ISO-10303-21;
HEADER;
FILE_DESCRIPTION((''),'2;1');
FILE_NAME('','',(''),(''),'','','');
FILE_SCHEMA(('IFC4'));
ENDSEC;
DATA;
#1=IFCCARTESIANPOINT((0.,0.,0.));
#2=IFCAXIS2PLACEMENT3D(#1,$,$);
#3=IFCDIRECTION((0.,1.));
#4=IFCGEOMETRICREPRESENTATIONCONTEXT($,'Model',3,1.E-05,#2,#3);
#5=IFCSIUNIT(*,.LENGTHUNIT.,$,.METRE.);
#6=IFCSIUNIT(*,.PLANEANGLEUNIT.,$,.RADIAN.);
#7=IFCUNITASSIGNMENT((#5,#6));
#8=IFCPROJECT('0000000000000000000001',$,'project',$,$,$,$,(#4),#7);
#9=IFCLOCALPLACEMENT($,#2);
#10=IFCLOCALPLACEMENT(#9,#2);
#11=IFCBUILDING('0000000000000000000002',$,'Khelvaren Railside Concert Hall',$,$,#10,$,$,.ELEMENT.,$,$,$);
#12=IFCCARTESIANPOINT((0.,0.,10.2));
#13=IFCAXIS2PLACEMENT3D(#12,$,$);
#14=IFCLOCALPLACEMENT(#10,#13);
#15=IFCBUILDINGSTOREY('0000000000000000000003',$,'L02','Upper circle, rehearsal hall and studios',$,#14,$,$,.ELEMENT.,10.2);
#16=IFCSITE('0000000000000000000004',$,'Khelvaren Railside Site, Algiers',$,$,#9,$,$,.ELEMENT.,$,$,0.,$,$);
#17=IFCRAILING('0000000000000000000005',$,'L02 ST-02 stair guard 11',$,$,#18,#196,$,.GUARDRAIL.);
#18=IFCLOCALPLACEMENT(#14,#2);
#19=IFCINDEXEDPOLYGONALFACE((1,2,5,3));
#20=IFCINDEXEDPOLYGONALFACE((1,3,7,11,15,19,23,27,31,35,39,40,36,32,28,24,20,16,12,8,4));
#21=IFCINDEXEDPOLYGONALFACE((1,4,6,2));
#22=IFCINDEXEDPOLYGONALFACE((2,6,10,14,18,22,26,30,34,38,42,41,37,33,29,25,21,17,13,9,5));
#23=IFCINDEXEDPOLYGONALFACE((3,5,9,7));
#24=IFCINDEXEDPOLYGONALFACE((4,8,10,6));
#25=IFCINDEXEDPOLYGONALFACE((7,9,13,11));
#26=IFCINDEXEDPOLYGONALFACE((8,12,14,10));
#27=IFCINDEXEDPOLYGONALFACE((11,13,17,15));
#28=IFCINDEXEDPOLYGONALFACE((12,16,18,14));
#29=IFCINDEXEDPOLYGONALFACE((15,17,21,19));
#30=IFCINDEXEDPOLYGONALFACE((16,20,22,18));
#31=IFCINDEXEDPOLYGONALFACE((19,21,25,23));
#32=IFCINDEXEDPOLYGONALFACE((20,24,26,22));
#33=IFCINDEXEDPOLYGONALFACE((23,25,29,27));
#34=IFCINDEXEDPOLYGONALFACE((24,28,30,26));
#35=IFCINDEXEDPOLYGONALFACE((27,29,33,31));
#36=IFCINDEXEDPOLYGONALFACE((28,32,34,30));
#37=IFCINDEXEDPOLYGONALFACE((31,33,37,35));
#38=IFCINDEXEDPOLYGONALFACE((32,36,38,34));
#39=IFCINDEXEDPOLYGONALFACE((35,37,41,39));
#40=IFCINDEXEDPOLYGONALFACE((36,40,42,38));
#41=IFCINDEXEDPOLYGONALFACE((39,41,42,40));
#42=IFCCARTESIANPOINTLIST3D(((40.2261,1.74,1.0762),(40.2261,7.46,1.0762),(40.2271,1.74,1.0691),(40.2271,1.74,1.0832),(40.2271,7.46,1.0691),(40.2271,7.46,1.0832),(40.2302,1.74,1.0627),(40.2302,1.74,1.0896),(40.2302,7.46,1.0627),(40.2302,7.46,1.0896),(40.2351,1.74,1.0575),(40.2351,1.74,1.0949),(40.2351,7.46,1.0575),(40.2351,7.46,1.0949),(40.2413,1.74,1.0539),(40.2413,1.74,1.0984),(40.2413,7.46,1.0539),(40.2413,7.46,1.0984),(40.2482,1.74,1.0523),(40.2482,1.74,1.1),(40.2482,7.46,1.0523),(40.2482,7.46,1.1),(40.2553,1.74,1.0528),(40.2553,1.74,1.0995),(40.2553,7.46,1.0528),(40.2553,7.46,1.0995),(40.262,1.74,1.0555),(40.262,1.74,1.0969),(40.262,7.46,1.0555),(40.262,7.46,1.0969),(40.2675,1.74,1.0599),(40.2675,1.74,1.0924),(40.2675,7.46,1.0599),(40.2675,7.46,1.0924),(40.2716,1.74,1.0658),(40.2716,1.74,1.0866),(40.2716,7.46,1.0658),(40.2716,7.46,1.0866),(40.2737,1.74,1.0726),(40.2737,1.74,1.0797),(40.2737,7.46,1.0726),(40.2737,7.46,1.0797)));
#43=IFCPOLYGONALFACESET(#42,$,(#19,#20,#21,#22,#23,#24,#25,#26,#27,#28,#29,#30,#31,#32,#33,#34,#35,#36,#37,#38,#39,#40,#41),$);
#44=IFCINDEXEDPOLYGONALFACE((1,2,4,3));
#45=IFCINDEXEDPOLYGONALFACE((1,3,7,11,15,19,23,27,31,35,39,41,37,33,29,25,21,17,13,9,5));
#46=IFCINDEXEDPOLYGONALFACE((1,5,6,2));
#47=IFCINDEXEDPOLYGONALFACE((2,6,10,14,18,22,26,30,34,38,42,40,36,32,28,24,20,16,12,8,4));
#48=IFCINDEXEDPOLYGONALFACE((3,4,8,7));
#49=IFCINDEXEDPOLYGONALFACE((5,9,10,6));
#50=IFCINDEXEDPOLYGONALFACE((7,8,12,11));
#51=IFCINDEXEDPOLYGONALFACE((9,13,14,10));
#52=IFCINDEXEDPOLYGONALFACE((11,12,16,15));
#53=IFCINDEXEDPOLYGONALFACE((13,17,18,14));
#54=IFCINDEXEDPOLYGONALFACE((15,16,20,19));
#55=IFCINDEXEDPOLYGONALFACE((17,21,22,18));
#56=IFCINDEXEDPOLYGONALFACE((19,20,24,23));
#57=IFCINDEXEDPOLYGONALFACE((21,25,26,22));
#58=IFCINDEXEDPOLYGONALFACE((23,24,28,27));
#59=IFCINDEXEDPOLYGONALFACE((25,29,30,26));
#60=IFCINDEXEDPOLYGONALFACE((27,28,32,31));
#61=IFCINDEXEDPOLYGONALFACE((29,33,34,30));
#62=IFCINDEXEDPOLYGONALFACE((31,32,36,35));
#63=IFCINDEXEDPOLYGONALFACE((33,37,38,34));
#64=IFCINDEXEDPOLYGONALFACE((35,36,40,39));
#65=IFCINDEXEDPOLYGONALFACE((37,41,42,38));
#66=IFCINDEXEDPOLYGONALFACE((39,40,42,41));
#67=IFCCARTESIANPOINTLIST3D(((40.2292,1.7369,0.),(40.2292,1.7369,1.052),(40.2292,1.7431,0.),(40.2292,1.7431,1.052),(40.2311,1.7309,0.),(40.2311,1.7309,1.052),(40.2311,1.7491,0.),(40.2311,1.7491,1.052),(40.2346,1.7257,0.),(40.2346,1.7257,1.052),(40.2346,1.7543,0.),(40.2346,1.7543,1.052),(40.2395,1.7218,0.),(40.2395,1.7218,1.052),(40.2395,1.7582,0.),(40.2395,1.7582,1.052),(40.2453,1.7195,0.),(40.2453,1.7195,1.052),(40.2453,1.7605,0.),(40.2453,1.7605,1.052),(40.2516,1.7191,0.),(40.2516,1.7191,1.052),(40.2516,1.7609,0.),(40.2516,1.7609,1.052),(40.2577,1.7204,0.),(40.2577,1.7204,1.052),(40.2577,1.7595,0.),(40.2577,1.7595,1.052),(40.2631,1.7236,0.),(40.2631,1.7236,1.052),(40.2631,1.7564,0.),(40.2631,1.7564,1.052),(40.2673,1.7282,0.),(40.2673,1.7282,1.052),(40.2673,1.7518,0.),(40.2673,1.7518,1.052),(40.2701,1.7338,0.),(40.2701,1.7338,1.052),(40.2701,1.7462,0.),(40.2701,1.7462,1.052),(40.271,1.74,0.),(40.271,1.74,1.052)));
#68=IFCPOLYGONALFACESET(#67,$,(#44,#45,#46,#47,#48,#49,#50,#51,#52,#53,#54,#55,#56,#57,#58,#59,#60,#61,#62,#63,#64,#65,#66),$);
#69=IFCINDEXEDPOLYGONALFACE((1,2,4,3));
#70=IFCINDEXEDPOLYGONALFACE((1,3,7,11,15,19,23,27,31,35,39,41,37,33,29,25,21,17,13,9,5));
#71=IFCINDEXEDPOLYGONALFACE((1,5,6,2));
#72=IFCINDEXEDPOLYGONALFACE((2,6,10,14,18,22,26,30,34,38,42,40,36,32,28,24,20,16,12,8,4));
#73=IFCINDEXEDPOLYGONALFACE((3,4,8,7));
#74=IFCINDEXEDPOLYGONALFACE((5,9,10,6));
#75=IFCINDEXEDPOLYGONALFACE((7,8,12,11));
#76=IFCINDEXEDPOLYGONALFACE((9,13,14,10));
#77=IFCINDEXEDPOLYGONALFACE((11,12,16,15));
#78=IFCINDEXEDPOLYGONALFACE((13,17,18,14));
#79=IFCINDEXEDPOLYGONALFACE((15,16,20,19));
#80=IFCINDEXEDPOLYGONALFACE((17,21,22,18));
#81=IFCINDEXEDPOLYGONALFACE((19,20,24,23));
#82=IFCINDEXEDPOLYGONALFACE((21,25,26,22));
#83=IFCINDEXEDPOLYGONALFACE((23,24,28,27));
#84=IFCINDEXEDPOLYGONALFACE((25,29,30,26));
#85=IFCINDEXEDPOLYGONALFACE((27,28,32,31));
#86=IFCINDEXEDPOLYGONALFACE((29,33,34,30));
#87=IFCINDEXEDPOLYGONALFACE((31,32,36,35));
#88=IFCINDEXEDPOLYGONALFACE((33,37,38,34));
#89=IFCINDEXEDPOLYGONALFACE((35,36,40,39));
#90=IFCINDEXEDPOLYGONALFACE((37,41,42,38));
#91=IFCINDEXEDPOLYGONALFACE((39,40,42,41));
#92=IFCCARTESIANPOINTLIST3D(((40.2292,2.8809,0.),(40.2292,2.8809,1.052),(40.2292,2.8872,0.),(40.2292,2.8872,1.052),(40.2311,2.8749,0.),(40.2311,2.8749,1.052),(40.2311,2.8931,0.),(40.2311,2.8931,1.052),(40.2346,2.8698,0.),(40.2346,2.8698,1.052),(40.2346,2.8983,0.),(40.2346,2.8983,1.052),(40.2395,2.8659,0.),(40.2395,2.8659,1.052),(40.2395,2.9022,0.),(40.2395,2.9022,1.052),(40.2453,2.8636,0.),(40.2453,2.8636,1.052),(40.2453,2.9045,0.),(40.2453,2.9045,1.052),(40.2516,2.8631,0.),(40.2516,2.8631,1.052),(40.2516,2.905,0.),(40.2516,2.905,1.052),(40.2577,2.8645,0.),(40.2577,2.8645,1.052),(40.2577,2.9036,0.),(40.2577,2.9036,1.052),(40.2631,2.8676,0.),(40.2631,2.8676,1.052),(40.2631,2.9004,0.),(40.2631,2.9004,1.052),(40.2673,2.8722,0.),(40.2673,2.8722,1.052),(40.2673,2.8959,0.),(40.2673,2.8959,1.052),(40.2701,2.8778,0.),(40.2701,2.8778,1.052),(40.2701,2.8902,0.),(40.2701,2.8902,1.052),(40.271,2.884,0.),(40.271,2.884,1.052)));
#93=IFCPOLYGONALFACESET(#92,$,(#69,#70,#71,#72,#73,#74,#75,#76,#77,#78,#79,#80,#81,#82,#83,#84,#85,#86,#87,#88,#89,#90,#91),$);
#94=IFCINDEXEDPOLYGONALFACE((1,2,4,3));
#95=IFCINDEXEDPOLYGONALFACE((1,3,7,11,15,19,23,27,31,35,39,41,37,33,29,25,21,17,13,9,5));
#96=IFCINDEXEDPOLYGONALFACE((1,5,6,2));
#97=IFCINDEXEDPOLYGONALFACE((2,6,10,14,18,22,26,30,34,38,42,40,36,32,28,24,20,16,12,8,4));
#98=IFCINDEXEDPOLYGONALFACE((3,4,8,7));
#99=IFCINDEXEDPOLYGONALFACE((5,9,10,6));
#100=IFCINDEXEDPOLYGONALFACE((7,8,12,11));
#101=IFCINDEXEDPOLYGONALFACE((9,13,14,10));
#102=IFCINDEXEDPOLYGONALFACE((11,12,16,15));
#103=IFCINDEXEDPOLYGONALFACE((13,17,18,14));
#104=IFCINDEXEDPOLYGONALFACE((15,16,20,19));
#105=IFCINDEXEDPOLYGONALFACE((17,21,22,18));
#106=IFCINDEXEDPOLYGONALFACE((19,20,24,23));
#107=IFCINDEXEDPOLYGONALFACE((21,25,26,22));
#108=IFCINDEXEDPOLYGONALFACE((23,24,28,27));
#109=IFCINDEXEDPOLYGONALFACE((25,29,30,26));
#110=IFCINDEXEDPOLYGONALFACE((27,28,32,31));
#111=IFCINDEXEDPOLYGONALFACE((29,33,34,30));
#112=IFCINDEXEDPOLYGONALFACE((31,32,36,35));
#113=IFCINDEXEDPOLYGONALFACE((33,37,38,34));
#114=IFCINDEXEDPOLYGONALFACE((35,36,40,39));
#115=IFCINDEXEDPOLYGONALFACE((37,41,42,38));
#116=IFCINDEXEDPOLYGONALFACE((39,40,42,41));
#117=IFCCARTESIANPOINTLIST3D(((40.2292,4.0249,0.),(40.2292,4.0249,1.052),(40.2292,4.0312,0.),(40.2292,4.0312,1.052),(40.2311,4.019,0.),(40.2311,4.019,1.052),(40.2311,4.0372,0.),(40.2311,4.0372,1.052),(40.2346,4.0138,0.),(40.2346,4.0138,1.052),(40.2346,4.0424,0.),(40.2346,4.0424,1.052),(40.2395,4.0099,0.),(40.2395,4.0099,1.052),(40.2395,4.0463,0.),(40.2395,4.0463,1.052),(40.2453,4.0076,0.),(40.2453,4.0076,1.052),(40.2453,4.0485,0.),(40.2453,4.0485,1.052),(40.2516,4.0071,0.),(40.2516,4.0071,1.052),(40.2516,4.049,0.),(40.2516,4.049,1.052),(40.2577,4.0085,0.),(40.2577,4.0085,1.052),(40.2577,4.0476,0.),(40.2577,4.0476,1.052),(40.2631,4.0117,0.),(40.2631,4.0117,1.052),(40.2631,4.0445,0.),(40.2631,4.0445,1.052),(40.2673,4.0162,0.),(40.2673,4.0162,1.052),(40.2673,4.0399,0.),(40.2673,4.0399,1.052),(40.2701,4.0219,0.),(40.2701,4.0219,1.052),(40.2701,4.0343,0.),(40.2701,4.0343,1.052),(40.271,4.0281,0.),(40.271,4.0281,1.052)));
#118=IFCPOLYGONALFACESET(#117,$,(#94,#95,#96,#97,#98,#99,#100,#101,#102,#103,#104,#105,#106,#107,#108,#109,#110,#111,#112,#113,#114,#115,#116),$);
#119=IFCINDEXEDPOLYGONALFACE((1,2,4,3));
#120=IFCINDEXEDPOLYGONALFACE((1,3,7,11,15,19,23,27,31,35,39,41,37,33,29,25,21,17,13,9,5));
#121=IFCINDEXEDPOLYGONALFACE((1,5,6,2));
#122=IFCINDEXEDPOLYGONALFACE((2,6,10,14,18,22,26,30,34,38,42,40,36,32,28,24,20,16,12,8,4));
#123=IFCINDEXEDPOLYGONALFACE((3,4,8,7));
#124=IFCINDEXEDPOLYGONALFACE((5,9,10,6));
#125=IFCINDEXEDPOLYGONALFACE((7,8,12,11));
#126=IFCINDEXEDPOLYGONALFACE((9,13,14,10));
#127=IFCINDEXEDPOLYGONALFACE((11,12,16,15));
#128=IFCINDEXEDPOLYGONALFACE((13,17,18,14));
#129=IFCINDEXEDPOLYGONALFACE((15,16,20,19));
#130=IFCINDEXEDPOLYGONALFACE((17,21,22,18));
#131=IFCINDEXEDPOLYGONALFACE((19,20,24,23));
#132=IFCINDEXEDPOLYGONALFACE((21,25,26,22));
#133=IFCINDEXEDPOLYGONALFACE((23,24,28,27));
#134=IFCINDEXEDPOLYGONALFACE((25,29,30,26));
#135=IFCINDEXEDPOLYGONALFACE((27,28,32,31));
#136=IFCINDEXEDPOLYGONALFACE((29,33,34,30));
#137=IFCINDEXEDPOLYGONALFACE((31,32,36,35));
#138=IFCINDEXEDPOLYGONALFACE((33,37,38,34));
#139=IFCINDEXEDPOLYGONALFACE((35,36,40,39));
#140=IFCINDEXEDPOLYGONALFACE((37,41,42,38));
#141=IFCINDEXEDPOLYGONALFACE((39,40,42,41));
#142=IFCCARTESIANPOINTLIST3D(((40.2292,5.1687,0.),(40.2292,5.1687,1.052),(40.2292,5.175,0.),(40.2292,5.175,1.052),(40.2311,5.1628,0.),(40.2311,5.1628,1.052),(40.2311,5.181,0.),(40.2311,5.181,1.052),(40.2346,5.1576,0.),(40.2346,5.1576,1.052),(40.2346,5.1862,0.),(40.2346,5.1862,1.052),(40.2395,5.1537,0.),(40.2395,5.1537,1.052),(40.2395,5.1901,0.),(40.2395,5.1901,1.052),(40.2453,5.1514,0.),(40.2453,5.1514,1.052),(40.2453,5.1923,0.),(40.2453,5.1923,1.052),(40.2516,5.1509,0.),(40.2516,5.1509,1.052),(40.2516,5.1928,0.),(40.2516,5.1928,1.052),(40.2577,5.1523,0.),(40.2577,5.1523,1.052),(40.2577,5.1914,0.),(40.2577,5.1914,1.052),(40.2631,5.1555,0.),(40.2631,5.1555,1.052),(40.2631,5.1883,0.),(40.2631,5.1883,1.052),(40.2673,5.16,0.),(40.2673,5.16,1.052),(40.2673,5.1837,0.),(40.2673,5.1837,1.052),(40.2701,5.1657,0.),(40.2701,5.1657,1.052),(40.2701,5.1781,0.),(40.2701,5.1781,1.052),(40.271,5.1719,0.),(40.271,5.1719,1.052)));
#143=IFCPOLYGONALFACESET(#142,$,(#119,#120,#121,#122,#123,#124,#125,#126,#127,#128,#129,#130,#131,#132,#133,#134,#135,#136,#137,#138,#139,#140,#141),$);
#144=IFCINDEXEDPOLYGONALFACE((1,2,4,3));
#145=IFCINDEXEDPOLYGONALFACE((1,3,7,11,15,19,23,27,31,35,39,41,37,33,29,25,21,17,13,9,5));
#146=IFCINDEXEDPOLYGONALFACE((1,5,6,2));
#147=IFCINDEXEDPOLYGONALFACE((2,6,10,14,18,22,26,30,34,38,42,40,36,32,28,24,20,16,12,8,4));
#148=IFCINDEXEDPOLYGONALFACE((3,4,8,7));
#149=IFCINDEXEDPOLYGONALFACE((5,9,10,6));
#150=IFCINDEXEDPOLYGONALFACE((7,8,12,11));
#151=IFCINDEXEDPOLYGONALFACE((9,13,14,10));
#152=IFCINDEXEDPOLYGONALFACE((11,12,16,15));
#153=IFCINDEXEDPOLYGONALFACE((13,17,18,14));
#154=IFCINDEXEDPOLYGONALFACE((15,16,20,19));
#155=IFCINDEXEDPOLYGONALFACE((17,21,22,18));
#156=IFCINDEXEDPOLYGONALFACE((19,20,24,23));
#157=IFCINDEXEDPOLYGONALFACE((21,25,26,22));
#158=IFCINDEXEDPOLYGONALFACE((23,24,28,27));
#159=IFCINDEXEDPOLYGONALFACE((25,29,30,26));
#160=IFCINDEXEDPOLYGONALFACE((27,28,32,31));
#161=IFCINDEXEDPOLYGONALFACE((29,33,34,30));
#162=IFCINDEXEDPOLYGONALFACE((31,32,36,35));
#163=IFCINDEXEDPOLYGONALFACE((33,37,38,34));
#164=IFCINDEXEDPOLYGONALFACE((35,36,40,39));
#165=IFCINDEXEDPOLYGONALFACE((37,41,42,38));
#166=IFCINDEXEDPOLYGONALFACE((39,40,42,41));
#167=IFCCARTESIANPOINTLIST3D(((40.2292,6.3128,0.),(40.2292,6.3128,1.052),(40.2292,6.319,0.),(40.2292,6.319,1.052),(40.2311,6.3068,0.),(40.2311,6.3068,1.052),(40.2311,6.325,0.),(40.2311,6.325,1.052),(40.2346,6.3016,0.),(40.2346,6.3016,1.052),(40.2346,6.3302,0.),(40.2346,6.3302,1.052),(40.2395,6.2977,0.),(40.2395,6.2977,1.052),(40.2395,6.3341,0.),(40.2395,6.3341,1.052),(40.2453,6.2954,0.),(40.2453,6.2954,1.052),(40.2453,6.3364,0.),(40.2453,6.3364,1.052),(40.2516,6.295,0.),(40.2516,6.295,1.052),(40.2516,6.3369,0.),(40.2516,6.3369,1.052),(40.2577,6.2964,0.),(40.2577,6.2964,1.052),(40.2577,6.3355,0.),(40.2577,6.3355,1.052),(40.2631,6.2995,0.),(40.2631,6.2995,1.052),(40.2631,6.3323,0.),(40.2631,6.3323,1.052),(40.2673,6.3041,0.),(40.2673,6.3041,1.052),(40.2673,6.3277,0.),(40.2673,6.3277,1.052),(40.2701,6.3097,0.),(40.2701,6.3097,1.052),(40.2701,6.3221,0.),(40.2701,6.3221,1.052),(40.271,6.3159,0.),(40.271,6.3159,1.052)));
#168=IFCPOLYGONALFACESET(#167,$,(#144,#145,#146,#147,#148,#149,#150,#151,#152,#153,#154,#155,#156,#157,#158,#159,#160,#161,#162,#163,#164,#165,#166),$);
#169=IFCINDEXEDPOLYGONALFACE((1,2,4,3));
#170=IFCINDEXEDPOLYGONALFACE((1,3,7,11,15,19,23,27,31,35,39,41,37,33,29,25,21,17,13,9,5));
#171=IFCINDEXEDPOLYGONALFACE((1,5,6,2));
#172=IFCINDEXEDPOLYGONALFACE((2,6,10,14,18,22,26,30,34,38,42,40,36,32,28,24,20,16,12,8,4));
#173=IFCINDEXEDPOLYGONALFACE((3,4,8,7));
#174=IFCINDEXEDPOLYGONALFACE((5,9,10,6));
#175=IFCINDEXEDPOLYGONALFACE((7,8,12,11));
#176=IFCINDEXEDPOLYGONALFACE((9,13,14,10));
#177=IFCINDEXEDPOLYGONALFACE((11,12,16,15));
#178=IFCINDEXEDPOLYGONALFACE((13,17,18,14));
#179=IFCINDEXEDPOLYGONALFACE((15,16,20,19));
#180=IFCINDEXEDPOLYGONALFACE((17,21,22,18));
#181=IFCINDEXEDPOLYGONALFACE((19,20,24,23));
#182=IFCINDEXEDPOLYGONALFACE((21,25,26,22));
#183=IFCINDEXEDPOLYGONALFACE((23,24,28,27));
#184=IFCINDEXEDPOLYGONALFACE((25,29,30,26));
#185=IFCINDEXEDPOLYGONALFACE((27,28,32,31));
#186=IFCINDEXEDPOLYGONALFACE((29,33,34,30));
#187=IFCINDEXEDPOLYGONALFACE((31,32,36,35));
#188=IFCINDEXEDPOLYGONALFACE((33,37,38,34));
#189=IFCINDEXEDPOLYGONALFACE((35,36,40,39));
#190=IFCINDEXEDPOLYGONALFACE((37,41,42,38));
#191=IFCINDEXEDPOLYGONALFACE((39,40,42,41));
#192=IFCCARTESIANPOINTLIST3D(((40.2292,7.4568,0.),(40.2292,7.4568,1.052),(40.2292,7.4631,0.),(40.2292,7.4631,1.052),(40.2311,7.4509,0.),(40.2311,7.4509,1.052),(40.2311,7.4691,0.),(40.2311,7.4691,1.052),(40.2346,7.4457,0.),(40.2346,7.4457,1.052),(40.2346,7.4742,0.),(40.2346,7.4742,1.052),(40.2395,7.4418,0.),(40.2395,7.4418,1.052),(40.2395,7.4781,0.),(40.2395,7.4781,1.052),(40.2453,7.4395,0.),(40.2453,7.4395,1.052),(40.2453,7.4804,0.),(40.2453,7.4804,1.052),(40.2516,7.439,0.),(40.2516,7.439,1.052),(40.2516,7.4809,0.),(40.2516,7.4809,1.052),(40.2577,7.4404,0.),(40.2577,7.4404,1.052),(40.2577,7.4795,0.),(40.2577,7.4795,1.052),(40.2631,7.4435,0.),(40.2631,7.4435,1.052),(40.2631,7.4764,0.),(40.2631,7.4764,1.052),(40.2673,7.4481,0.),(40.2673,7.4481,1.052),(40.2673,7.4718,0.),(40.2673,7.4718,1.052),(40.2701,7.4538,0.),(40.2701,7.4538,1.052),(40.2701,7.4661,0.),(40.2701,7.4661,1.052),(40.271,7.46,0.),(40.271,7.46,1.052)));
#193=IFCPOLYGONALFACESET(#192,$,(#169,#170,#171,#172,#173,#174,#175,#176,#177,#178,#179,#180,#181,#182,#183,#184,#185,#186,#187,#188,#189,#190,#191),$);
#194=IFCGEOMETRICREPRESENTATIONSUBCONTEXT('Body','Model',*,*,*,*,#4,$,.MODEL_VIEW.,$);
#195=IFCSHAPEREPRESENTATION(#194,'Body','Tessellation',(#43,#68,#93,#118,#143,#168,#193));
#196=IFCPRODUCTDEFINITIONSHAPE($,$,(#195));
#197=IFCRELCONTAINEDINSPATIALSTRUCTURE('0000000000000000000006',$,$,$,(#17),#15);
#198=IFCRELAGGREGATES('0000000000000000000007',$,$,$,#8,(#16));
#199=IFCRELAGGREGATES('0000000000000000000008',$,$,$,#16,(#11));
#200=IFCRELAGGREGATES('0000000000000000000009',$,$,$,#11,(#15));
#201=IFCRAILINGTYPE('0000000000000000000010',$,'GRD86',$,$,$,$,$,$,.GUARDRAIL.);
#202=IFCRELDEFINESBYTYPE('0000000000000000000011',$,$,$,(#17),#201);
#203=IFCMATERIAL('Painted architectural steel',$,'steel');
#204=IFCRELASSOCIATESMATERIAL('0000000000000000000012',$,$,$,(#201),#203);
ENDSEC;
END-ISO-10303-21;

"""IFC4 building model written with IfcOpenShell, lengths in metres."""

from ifc_helpers import new_model, si_unit, direction, frame, origin, origin_2d, place, context, subcontext, project, spatial, circle, extrude, material, type_object, element, save


model = new_model("IFC4")

# Units and contexts
model_context = context("Model", 3, precision=1e-05, world=origin(), true_north=direction((0.0, 1.0)))
body_context = subcontext(model_context, "Body", "Model", "MODEL_VIEW")
ifc_project = project(units=[si_unit("LENGTHUNIT", "METRE"), si_unit("PLANEANGLEUNIT", "RADIAN")], contexts=[model_context])

# Site, building, storey
site_placement = place(None, origin())
site = spatial("IfcSite", under=ifc_project, at=site_placement, Name="Khelvaren Railside Site, Algiers", CompositionType="ELEMENT", RefElevation=0.0)
building_placement = place(site_placement, origin())
building = spatial("IfcBuilding", under=site, at=building_placement, Name="Khelvaren Railside Concert Hall", CompositionType="ELEMENT")
storey_placement = place(building_placement, frame((0.0, 0.0, 10.2)))
storey = spatial("IfcBuildingStorey", under=building, at=storey_placement, Name="L02", Description="Upper circle, rehearsal hall and studios", CompositionType="ELEMENT", Elevation=10.2)

# Railing
ifc_material_1 = material(Name="Painted architectural steel", Category="steel")
railing_type_1 = type_object("IfcRailingType", Name="GRD86", PredefinedType="GUARDRAIL", material=ifc_material_1)
railing_1_placement = place(storey_placement, frame((40.25, 1.74, 0.0)))
element("IfcRailing", 1, at=railing_1_placement, inside=storey, type_object=railing_type_1, Name="L02 ST-02 stair guard 11", PredefinedType="GUARDRAIL", context=body_context, shape_type="SweptSolid", body=[
    extrude(circle(Radius=0.0239, at=origin_2d()), frame((0.0, 0.0, 1.0762), z_axis=(0.0, 1.0, 0.0), x_axis=(-1.0, 0.0, 0.0)), (0.0, 0.0, 1.0), 5.72),
    extrude(circle(Radius=0.021, at=origin_2d()), origin(), (0.0, 0.0, 1.0), 1.052),
    extrude(circle(Radius=0.021, at=origin_2d()), frame((0.0, 1.144, 0.0)), (0.0, 0.0, 1.0), 1.052),
    extrude(circle(Radius=0.021, at=origin_2d()), frame((0.0, 2.2881, 0.0)), (0.0, 0.0, 1.0), 1.052),
    extrude(circle(Radius=0.021, at=origin_2d()), frame((0.0, 3.4319, 0.0)), (0.0, 0.0, 1.0), 1.052),
    extrude(circle(Radius=0.021, at=origin_2d()), frame((0.0, 4.5759, 0.0)), (0.0, 0.0, 1.0), 1.052),
    extrude(circle(Radius=0.021, at=origin_2d()), frame((0.0, 5.72, 0.0)), (0.0, 0.0, 1.0), 1.052),
])

save(model, "model.ifc")
